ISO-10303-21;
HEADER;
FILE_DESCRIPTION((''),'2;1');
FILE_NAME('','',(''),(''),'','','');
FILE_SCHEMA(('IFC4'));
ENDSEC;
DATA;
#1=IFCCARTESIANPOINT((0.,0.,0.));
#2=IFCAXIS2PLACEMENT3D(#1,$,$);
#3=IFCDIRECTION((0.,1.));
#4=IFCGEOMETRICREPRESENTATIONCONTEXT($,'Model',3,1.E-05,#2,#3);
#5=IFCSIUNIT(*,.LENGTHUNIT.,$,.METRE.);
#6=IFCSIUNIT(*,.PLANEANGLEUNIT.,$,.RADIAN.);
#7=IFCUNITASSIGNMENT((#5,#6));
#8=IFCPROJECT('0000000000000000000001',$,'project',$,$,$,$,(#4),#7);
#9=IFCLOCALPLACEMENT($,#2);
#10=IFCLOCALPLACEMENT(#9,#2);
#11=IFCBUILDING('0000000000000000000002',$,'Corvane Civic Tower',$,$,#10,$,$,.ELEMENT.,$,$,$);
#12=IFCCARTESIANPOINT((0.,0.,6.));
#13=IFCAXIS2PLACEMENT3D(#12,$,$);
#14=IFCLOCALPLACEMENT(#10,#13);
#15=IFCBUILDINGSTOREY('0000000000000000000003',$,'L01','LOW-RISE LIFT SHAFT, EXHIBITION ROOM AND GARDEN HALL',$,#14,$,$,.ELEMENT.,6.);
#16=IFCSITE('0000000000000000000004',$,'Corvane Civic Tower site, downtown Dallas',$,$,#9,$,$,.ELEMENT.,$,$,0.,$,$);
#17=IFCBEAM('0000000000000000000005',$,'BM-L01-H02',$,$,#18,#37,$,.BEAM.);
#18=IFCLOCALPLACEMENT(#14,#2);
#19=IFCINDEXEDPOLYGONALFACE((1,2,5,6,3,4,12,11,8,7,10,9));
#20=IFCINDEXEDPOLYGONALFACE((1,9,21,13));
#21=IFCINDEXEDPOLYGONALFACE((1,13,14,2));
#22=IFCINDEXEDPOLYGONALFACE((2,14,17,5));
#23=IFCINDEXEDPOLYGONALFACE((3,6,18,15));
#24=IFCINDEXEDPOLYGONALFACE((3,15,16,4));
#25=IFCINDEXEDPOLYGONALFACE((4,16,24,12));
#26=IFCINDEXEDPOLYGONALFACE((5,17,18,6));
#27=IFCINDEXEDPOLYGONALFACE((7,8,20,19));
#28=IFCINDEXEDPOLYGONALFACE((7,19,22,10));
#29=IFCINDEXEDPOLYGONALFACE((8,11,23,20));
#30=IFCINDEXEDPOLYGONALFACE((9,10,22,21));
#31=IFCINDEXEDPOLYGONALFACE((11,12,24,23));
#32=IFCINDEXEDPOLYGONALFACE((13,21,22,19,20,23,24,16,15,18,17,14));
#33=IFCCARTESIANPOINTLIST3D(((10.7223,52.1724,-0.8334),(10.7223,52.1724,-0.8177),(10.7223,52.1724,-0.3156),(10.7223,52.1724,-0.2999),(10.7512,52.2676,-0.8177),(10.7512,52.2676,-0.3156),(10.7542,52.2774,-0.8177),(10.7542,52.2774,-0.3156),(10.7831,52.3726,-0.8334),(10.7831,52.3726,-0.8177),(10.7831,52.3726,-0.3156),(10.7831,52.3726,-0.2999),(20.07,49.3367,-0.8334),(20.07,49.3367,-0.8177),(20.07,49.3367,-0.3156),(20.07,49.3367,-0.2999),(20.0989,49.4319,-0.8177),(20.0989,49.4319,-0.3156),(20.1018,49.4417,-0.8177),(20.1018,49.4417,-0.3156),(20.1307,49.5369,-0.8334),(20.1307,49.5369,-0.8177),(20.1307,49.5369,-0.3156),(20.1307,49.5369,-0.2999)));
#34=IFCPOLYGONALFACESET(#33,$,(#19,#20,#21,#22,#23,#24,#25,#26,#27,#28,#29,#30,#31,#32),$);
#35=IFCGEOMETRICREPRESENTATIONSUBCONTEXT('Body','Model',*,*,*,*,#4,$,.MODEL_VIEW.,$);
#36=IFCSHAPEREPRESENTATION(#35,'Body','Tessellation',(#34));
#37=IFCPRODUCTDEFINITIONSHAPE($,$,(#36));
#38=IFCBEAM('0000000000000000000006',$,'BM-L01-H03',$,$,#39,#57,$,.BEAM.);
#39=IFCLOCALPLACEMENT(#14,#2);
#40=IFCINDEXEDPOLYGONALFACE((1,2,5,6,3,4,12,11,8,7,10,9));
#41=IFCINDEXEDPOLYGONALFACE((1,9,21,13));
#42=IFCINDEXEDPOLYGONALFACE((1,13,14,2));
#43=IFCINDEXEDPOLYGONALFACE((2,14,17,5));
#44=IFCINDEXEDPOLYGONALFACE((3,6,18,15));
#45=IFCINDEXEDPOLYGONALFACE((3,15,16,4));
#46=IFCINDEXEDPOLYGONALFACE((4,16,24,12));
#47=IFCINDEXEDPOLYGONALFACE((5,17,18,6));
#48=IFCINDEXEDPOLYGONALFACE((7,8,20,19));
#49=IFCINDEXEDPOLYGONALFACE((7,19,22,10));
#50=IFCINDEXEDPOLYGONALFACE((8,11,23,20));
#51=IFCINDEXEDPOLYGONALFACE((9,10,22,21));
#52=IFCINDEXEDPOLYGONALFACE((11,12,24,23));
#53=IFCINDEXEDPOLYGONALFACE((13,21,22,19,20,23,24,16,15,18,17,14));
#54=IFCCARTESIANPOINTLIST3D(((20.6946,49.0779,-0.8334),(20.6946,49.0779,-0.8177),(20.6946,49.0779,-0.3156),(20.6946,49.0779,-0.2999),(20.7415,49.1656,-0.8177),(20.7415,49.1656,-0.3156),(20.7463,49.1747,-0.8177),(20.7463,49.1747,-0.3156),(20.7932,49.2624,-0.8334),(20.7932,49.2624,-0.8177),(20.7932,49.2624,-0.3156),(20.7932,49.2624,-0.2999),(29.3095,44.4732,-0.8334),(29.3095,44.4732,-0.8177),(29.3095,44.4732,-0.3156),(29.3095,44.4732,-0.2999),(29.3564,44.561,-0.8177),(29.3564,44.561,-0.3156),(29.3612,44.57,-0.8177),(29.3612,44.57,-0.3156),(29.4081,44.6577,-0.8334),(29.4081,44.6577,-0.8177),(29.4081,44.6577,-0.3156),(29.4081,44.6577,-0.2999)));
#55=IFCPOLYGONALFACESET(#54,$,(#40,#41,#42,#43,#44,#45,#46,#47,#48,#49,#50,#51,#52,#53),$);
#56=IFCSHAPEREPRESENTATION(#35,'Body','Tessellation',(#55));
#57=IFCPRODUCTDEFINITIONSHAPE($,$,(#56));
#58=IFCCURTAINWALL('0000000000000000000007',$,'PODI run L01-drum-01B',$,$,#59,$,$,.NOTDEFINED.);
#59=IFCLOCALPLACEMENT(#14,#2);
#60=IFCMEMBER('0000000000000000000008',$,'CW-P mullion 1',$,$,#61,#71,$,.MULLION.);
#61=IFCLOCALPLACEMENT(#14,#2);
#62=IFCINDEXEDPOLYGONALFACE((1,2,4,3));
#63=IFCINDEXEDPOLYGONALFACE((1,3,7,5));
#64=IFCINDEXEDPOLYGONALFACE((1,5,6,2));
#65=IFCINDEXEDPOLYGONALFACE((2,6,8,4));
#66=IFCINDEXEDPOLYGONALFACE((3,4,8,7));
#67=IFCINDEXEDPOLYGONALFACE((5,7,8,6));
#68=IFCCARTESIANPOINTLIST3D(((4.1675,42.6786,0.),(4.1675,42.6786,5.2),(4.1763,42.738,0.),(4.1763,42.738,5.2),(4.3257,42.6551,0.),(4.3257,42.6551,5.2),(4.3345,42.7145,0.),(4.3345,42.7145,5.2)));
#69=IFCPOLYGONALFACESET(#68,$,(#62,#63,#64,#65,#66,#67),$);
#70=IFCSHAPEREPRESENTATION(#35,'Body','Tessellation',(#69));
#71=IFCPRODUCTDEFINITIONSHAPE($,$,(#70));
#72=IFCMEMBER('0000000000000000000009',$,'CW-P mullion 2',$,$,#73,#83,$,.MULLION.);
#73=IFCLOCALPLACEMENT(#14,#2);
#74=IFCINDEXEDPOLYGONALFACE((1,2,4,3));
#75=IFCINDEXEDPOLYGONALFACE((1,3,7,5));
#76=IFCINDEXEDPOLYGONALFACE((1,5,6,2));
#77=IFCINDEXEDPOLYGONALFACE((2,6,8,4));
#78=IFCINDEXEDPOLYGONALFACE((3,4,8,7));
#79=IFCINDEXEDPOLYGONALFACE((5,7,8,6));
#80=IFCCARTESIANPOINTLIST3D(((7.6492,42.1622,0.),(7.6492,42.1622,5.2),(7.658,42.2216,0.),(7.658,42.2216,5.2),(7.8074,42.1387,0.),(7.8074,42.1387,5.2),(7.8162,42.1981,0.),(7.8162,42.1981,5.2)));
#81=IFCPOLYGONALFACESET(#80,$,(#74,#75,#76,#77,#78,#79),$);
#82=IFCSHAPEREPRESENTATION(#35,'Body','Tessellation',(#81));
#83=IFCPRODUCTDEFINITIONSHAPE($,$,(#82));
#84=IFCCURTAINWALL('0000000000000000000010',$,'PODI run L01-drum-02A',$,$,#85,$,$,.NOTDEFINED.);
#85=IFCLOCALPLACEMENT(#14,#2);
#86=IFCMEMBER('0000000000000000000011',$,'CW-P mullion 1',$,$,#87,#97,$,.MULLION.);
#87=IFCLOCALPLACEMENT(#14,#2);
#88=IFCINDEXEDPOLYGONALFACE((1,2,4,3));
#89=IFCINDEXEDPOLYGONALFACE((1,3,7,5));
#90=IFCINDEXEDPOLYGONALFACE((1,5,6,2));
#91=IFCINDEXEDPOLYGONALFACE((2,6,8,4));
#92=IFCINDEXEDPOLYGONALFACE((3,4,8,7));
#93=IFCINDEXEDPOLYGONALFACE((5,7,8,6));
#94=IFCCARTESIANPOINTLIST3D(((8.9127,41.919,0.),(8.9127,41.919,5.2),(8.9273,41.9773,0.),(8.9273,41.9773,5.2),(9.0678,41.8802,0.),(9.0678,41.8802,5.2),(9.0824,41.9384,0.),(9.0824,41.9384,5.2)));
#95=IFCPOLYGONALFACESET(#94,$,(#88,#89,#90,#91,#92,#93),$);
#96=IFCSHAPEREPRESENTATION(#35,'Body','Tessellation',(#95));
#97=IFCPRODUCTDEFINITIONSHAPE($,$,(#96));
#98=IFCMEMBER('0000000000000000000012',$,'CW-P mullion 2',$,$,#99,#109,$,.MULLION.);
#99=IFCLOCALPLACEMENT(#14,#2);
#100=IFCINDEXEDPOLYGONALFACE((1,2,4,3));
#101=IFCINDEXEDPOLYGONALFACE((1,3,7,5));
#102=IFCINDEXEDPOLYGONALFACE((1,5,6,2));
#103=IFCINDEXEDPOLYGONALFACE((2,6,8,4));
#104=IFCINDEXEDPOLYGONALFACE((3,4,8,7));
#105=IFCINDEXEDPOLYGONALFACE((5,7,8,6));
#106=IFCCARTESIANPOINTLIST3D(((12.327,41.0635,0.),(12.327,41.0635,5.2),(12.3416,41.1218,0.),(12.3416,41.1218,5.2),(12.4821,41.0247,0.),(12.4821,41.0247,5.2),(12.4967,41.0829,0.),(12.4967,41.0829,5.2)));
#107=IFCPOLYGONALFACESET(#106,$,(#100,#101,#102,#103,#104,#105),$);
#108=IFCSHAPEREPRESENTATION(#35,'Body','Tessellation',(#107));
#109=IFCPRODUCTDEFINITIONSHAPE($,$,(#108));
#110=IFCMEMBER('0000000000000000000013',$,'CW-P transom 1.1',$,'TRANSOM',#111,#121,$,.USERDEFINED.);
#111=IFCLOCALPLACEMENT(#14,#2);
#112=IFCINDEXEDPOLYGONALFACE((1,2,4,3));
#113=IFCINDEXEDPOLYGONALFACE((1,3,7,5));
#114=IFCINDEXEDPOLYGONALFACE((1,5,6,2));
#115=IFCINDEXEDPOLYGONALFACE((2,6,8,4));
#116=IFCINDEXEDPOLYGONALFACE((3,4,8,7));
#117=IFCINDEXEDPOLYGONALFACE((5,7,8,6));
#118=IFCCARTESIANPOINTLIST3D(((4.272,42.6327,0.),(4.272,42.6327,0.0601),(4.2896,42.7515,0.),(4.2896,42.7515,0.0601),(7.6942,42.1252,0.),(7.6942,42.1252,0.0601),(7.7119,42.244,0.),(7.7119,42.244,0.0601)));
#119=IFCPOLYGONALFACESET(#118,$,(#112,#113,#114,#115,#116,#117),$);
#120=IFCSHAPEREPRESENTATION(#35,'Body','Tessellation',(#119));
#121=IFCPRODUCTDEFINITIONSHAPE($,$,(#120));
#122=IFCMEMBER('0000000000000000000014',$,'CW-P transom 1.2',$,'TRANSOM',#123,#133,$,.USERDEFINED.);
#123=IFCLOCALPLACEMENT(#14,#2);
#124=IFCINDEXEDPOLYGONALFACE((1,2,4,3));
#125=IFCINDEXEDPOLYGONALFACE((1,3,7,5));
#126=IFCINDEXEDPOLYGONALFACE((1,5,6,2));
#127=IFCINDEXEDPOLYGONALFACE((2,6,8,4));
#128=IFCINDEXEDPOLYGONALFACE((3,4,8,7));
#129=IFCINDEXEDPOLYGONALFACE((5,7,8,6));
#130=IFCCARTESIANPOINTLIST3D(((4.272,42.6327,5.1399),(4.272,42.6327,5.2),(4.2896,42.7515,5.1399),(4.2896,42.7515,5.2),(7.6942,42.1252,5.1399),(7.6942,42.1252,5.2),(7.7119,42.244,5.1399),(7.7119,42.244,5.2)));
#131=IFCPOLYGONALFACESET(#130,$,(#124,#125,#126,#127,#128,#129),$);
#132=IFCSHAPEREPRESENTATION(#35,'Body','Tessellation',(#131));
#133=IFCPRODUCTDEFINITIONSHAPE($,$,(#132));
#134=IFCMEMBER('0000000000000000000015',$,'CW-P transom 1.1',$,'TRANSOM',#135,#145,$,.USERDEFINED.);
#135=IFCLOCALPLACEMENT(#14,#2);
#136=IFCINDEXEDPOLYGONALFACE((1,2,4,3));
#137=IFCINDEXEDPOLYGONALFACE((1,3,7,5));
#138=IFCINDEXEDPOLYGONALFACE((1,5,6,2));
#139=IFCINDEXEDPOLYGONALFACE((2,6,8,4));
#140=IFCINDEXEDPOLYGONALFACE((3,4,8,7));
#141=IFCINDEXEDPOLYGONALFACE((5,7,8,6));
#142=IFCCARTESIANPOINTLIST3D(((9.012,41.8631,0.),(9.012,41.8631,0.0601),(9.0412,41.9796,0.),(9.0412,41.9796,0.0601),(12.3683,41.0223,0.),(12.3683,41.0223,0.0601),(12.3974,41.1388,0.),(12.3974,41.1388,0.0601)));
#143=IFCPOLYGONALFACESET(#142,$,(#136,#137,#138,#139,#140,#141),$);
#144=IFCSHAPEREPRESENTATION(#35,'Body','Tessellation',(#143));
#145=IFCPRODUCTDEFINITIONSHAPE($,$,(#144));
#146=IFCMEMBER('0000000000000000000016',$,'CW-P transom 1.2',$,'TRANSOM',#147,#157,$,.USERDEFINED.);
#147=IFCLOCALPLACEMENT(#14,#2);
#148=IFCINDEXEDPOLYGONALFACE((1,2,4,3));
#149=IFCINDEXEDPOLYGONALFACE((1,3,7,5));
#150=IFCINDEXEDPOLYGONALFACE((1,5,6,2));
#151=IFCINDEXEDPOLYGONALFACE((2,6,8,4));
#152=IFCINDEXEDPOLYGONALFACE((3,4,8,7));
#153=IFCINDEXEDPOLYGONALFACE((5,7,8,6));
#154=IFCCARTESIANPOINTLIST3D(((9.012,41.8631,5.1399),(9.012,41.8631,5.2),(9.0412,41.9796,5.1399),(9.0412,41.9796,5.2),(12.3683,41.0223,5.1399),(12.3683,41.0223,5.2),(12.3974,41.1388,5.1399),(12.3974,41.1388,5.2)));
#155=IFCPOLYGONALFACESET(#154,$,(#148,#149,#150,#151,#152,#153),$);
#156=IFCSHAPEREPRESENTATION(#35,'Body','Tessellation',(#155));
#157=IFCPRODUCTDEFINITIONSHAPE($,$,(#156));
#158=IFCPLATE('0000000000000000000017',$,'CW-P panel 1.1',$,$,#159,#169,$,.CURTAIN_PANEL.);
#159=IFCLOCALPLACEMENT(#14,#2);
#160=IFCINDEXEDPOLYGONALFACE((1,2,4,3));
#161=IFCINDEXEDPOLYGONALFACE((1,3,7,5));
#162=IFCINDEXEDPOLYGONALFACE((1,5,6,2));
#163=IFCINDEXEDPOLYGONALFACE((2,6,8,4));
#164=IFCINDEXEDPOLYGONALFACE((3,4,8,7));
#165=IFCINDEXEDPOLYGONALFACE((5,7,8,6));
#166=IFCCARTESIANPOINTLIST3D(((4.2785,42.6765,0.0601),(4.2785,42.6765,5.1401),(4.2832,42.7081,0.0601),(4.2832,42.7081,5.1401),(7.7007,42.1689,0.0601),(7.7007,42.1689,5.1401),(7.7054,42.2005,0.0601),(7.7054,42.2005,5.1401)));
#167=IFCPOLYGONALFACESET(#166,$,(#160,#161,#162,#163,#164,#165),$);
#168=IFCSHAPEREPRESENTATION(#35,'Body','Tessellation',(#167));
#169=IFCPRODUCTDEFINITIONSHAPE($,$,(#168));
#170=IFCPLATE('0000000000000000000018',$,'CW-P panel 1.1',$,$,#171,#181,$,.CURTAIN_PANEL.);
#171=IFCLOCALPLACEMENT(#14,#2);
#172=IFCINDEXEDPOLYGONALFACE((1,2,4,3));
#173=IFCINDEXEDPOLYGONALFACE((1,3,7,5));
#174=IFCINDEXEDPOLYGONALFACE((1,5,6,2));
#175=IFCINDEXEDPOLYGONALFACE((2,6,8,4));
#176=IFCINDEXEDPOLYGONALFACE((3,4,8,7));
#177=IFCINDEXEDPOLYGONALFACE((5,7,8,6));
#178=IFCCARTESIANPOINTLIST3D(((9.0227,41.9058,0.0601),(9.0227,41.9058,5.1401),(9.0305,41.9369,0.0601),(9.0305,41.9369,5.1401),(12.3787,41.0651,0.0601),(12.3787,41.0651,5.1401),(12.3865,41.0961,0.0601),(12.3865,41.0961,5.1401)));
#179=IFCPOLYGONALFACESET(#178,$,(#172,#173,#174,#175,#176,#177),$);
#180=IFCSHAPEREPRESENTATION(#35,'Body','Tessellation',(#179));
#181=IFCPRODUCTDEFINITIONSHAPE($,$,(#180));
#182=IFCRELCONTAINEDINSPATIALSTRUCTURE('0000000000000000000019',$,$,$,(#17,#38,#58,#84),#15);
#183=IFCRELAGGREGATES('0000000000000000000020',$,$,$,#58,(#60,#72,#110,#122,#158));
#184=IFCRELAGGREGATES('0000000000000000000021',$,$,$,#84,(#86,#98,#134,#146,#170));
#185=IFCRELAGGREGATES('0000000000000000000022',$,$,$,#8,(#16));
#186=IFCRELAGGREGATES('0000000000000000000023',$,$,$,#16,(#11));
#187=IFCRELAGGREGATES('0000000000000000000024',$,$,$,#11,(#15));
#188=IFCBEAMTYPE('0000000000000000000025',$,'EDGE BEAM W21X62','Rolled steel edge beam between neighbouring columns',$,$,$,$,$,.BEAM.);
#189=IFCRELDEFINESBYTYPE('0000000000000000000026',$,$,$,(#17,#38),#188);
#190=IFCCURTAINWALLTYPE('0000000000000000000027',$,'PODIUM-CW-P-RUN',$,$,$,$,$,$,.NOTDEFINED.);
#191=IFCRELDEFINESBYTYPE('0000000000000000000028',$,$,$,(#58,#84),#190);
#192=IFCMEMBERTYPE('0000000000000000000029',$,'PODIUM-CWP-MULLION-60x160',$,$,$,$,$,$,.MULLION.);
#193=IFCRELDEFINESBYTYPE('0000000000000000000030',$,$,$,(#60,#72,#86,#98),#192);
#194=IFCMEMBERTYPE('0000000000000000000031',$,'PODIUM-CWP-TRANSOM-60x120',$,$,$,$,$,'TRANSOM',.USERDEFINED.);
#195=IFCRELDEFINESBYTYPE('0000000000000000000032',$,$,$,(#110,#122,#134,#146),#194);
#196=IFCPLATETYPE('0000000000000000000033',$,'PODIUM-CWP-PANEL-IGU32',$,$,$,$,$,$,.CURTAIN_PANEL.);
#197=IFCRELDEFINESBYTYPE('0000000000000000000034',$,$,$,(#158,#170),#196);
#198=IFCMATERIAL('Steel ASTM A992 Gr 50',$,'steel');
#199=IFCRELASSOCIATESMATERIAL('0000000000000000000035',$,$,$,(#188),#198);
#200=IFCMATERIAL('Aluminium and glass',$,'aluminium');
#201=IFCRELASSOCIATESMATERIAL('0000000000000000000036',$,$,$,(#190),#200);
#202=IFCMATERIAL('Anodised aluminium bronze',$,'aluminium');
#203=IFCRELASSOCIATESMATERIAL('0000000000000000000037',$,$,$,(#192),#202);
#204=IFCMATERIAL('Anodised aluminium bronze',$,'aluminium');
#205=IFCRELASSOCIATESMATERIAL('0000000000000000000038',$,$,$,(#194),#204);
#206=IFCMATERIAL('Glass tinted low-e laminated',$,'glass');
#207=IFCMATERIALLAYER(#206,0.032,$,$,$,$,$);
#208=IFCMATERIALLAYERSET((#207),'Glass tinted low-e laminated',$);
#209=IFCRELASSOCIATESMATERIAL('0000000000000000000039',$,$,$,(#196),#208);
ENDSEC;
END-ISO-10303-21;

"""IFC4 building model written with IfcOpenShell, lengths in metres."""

from ifc_helpers import new_model, si_unit, direction, frame, origin, origin_2d, place, context, subcontext, project, spatial, rectangle, i_section, extrude, material, layer, layer_set, material_profile, profile_set, type_object, element, aggregate, save


model = new_model("IFC4")

# Units and contexts
model_context = context("Model", 3, precision=1e-05, world=origin(), true_north=direction((0.0, 1.0)))
body_context = subcontext(model_context, "Body", "Model", "MODEL_VIEW")
ifc_project = project(units=[si_unit("LENGTHUNIT", "METRE"), si_unit("PLANEANGLEUNIT", "RADIAN")], contexts=[model_context])

# Site, building, storey
site_placement = place(None, origin())
site = spatial("IfcSite", under=ifc_project, at=site_placement, Name="Corvane Civic Tower site, downtown Dallas", CompositionType="ELEMENT", RefElevation=0.0)
building_placement = place(site_placement, origin())
building = spatial("IfcBuilding", under=site, at=building_placement, Name="Corvane Civic Tower", CompositionType="ELEMENT")
storey_placement = place(building_placement, frame((0.0, 0.0, 6.0)))
storey = spatial("IfcBuildingStorey", under=building, at=storey_placement, Name="L01", Description="LOW-RISE LIFT SHAFT, EXHIBITION ROOM AND GARDEN HALL", CompositionType="ELEMENT", Elevation=6.0)

# Beams
ifc_material_1 = material(Name="Steel ASTM A992 Gr 50", Category="steel")
ifc_material_profile_1 = material_profile(ifc_material_1, i_section(OverallWidth=0.2092, OverallDepth=0.5334, WebThickness=0.0103, FlangeThickness=0.0156, at=origin_2d()), Name="W21X62")
ifc_profile_set_1 = profile_set([ifc_material_profile_1], Name="Steel ASTM A992 Gr 50")
beam_type_1 = type_object("IfcBeamType", Name="EDGE BEAM W21X62", Description="Rolled steel edge beam between neighbouring columns", PredefinedType="BEAM", material=ifc_profile_set_1)
for number, where, z_axis, x_axis, name in (
    (1, (10.7527, 52.2725, -0.5667), (0.956937, -0.290295, 0.0), (0.290295, 0.956937, 0.0), "BM-L01-H02"),
    (2, (20.7439, 49.1702, -0.5667), (0.881924, -0.471391, 0.0), (0.471391, 0.881924, 0.0), "BM-L01-H03"),
):
    element("IfcBeam", number, at=place(storey_placement, frame(where, z_axis=z_axis, x_axis=x_axis)), inside=storey, type_object=beam_type_1, Name=name, PredefinedType="BEAM", context=body_context, shape_type="SweptSolid", body=[
        extrude(i_section(OverallWidth=0.2092, OverallDepth=0.5334, WebThickness=0.0103, FlangeThickness=0.0156, at=origin_2d()), origin(), (0.0, 0.0, 1.0), 9.7683),
    ])

# Curtain walls, members
ifc_material_2 = material(Name="Aluminium and glass", Category="aluminium")
curtain_wall_type = type_object("IfcCurtainWallType", Name="PODIUM-CW-P-RUN", PredefinedType="NOTDEFINED", material=ifc_material_2)
curtain_wall_1_placement = place(storey_placement, origin())
curtain_wall_1 = element("IfcCurtainWall", 3, at=curtain_wall_1_placement, inside=storey, type_object=curtain_wall_type, Name="PODI run L01-drum-01B", PredefinedType="NOTDEFINED")
ifc_material_3 = material(Name="Anodised aluminium bronze", Category="aluminium")
ifc_material_profile_2 = material_profile(ifc_material_3, rectangle(XDim=0.0601, YDim=0.1599, at=origin_2d()), Name="AL 60x160")
ifc_profile_set_2 = profile_set([ifc_material_profile_2], Name="Anodised aluminium bronze")
member_type_1 = type_object("IfcMemberType", Name="PODIUM-CWP-MULLION-60x160", PredefinedType="MULLION", material=ifc_profile_set_2)
member_1_placement = place(storey_placement, frame((4.251, 42.6965, 0.0), z_axis=(0.0, 0.0, 1.0), x_axis=(0.146715, 0.989179, 0.0)))
member_1 = element("IfcMember", 4, at=member_1_placement, type_object=member_type_1, Name="CW-P mullion 1", PredefinedType="MULLION", context=body_context, shape_type="SweptSolid", body=[
    extrude(rectangle(XDim=0.0601, YDim=0.1599, at=origin_2d()), origin(), (0.0, 0.0, 1.0), 5.2),
])
member_2_placement = place(storey_placement, frame((7.7327, 42.1802, 0.0), z_axis=(0.0, 0.0, 1.0), x_axis=(0.146715, 0.989179, 0.0)))
member_2 = element("IfcMember", 5, at=member_2_placement, type_object=member_type_1, Name="CW-P mullion 2", PredefinedType="MULLION", context=body_context, shape_type="SweptSolid", body=[
    extrude(rectangle(XDim=0.0601, YDim=0.1599, at=origin_2d()), origin(), (0.0, 0.0, 1.0), 5.2),
])
curtain_wall_2_placement = place(storey_placement, origin())
curtain_wall_2 = element("IfcCurtainWall", 6, at=curtain_wall_2_placement, inside=storey, type_object=curtain_wall_type, Name="PODI run L01-drum-02A", PredefinedType="NOTDEFINED")
member_3_placement = place(storey_placement, frame((8.9976, 41.9287, 0.0), z_axis=(0.0, 0.0, 1.0), x_axis=(0.243009, 0.970024, 0.0)))
member_3 = element("IfcMember", 7, at=member_3_placement, type_object=member_type_1, Name="CW-P mullion 1", PredefinedType="MULLION", context=body_context, shape_type="SweptSolid", body=[
    extrude(rectangle(XDim=0.0601, YDim=0.1599, at=origin_2d()), origin(), (0.0, 0.0, 1.0), 5.2),
])
member_4_placement = place(storey_placement, frame((12.4119, 41.0732, 0.0), z_axis=(0.0, 0.0, 1.0), x_axis=(0.243009, 0.970024, 0.0)))
member_4 = element("IfcMember", 8, at=member_4_placement, type_object=member_type_1, Name="CW-P mullion 2", PredefinedType="MULLION", context=body_context, shape_type="SweptSolid", body=[
    extrude(rectangle(XDim=0.0601, YDim=0.1599, at=origin_2d()), origin(), (0.0, 0.0, 1.0), 5.2),
])

# Members
ifc_material_4 = material(Name="Anodised aluminium bronze", Category="aluminium")
ifc_material_profile_3 = material_profile(ifc_material_4, rectangle(XDim=0.1201, YDim=0.0601, at=origin_2d()), Name="AL 120x60")
ifc_profile_set_3 = profile_set([ifc_material_profile_3], Name="Anodised aluminium bronze")
member_type_2 = type_object("IfcMemberType", Name="PODIUM-CWP-TRANSOM-60x120", ElementType="TRANSOM", PredefinedType="USERDEFINED", material=ifc_profile_set_3)
member_5_placement = place(storey_placement, frame((4.2808, 42.6921, 0.03), z_axis=(0.98918, -0.146705, 0.0), x_axis=(0.146705, 0.98918, 0.0)))
member_5 = element("IfcMember", 9, at=member_5_placement, type_object=member_type_2, Name="CW-P transom 1.1", ObjectType="TRANSOM", PredefinedType="USERDEFINED", context=body_context, shape_type="SweptSolid", body=[
    extrude(rectangle(XDim=0.1201, YDim=0.0601, at=origin_2d()), origin(), (0.0, 0.0, 1.0), 3.4597),
])
member_6_placement = place(storey_placement, frame((4.2808, 42.6921, 5.1699), z_axis=(0.98918, -0.146705, 0.0), x_axis=(0.146705, 0.98918, 0.0)))
member_6 = element("IfcMember", 10, at=member_6_placement, type_object=member_type_2, Name="CW-P transom 1.2", ObjectType="TRANSOM", PredefinedType="USERDEFINED", context=body_context, shape_type="SweptSolid", body=[
    extrude(rectangle(XDim=0.1201, YDim=0.0601, at=origin_2d()), origin(), (0.0, 0.0, 1.0), 3.4597),
])
member_7_placement = place(storey_placement, frame((9.0266, 41.9214, 0.03), z_axis=(0.970022, -0.243017, 0.0), x_axis=(0.243017, 0.970022, 0.0)))
member_7 = element("IfcMember", 11, at=member_7_placement, type_object=member_type_2, Name="CW-P transom 1.1", ObjectType="TRANSOM", PredefinedType="USERDEFINED", context=body_context, shape_type="SweptSolid", body=[
    extrude(rectangle(XDim=0.1201, YDim=0.0601, at=origin_2d()), origin(), (0.0, 0.0, 1.0), 3.46),
])
member_8_placement = place(storey_placement, frame((9.0266, 41.9214, 5.1699), z_axis=(0.970022, -0.243017, 0.0), x_axis=(0.243017, 0.970022, 0.0)))
member_8 = element("IfcMember", 12, at=member_8_placement, type_object=member_type_2, Name="CW-P transom 1.2", ObjectType="TRANSOM", PredefinedType="USERDEFINED", context=body_context, shape_type="SweptSolid", body=[
    extrude(rectangle(XDim=0.1201, YDim=0.0601, at=origin_2d()), origin(), (0.0, 0.0, 1.0), 3.46),
])

# Plates
ifc_material_5 = material(Name="Glass tinted low-e laminated", Category="glass")
ifc_layer_1 = layer(ifc_material_5, 0.032)
ifc_layer_set_1 = layer_set([ifc_layer_1], Name="Glass tinted low-e laminated")
plate_type = type_object("IfcPlateType", Name="PODIUM-CWP-PANEL-IGU32", PredefinedType="CURTAIN_PANEL", material=ifc_layer_set_1)
plate_1_placement = place(storey_placement, frame((5.9919, 42.4385, 0.0601), z_axis=(0.0, 0.0, 1.0), x_axis=(0.989179, -0.146715, 0.0)))
plate_1 = element("IfcPlate", 13, at=plate_1_placement, type_object=plate_type, Name="CW-P panel 1.1", PredefinedType="CURTAIN_PANEL", context=body_context, shape_type="SweptSolid", body=[
    extrude(rectangle(XDim=3.4597, YDim=0.032, at=origin_2d()), origin(), (0.0, 0.0, 1.0), 5.0801),
])
aggregate(curtain_wall_1, [member_1, member_2, member_5, member_6, plate_1])
plate_2_placement = place(storey_placement, frame((10.7046, 41.501, 0.0601), z_axis=(0.0, 0.0, 1.0), x_axis=(0.970024, -0.243009, 0.0)))
plate_2 = element("IfcPlate", 14, at=plate_2_placement, type_object=plate_type, Name="CW-P panel 1.1", PredefinedType="CURTAIN_PANEL", context=body_context, shape_type="SweptSolid", body=[
    extrude(rectangle(XDim=3.4597, YDim=0.032, at=origin_2d()), origin(), (0.0, 0.0, 1.0), 5.0801),
])
aggregate(curtain_wall_2, [member_3, member_4, member_7, member_8, plate_2])

save(model, "model.ifc")
